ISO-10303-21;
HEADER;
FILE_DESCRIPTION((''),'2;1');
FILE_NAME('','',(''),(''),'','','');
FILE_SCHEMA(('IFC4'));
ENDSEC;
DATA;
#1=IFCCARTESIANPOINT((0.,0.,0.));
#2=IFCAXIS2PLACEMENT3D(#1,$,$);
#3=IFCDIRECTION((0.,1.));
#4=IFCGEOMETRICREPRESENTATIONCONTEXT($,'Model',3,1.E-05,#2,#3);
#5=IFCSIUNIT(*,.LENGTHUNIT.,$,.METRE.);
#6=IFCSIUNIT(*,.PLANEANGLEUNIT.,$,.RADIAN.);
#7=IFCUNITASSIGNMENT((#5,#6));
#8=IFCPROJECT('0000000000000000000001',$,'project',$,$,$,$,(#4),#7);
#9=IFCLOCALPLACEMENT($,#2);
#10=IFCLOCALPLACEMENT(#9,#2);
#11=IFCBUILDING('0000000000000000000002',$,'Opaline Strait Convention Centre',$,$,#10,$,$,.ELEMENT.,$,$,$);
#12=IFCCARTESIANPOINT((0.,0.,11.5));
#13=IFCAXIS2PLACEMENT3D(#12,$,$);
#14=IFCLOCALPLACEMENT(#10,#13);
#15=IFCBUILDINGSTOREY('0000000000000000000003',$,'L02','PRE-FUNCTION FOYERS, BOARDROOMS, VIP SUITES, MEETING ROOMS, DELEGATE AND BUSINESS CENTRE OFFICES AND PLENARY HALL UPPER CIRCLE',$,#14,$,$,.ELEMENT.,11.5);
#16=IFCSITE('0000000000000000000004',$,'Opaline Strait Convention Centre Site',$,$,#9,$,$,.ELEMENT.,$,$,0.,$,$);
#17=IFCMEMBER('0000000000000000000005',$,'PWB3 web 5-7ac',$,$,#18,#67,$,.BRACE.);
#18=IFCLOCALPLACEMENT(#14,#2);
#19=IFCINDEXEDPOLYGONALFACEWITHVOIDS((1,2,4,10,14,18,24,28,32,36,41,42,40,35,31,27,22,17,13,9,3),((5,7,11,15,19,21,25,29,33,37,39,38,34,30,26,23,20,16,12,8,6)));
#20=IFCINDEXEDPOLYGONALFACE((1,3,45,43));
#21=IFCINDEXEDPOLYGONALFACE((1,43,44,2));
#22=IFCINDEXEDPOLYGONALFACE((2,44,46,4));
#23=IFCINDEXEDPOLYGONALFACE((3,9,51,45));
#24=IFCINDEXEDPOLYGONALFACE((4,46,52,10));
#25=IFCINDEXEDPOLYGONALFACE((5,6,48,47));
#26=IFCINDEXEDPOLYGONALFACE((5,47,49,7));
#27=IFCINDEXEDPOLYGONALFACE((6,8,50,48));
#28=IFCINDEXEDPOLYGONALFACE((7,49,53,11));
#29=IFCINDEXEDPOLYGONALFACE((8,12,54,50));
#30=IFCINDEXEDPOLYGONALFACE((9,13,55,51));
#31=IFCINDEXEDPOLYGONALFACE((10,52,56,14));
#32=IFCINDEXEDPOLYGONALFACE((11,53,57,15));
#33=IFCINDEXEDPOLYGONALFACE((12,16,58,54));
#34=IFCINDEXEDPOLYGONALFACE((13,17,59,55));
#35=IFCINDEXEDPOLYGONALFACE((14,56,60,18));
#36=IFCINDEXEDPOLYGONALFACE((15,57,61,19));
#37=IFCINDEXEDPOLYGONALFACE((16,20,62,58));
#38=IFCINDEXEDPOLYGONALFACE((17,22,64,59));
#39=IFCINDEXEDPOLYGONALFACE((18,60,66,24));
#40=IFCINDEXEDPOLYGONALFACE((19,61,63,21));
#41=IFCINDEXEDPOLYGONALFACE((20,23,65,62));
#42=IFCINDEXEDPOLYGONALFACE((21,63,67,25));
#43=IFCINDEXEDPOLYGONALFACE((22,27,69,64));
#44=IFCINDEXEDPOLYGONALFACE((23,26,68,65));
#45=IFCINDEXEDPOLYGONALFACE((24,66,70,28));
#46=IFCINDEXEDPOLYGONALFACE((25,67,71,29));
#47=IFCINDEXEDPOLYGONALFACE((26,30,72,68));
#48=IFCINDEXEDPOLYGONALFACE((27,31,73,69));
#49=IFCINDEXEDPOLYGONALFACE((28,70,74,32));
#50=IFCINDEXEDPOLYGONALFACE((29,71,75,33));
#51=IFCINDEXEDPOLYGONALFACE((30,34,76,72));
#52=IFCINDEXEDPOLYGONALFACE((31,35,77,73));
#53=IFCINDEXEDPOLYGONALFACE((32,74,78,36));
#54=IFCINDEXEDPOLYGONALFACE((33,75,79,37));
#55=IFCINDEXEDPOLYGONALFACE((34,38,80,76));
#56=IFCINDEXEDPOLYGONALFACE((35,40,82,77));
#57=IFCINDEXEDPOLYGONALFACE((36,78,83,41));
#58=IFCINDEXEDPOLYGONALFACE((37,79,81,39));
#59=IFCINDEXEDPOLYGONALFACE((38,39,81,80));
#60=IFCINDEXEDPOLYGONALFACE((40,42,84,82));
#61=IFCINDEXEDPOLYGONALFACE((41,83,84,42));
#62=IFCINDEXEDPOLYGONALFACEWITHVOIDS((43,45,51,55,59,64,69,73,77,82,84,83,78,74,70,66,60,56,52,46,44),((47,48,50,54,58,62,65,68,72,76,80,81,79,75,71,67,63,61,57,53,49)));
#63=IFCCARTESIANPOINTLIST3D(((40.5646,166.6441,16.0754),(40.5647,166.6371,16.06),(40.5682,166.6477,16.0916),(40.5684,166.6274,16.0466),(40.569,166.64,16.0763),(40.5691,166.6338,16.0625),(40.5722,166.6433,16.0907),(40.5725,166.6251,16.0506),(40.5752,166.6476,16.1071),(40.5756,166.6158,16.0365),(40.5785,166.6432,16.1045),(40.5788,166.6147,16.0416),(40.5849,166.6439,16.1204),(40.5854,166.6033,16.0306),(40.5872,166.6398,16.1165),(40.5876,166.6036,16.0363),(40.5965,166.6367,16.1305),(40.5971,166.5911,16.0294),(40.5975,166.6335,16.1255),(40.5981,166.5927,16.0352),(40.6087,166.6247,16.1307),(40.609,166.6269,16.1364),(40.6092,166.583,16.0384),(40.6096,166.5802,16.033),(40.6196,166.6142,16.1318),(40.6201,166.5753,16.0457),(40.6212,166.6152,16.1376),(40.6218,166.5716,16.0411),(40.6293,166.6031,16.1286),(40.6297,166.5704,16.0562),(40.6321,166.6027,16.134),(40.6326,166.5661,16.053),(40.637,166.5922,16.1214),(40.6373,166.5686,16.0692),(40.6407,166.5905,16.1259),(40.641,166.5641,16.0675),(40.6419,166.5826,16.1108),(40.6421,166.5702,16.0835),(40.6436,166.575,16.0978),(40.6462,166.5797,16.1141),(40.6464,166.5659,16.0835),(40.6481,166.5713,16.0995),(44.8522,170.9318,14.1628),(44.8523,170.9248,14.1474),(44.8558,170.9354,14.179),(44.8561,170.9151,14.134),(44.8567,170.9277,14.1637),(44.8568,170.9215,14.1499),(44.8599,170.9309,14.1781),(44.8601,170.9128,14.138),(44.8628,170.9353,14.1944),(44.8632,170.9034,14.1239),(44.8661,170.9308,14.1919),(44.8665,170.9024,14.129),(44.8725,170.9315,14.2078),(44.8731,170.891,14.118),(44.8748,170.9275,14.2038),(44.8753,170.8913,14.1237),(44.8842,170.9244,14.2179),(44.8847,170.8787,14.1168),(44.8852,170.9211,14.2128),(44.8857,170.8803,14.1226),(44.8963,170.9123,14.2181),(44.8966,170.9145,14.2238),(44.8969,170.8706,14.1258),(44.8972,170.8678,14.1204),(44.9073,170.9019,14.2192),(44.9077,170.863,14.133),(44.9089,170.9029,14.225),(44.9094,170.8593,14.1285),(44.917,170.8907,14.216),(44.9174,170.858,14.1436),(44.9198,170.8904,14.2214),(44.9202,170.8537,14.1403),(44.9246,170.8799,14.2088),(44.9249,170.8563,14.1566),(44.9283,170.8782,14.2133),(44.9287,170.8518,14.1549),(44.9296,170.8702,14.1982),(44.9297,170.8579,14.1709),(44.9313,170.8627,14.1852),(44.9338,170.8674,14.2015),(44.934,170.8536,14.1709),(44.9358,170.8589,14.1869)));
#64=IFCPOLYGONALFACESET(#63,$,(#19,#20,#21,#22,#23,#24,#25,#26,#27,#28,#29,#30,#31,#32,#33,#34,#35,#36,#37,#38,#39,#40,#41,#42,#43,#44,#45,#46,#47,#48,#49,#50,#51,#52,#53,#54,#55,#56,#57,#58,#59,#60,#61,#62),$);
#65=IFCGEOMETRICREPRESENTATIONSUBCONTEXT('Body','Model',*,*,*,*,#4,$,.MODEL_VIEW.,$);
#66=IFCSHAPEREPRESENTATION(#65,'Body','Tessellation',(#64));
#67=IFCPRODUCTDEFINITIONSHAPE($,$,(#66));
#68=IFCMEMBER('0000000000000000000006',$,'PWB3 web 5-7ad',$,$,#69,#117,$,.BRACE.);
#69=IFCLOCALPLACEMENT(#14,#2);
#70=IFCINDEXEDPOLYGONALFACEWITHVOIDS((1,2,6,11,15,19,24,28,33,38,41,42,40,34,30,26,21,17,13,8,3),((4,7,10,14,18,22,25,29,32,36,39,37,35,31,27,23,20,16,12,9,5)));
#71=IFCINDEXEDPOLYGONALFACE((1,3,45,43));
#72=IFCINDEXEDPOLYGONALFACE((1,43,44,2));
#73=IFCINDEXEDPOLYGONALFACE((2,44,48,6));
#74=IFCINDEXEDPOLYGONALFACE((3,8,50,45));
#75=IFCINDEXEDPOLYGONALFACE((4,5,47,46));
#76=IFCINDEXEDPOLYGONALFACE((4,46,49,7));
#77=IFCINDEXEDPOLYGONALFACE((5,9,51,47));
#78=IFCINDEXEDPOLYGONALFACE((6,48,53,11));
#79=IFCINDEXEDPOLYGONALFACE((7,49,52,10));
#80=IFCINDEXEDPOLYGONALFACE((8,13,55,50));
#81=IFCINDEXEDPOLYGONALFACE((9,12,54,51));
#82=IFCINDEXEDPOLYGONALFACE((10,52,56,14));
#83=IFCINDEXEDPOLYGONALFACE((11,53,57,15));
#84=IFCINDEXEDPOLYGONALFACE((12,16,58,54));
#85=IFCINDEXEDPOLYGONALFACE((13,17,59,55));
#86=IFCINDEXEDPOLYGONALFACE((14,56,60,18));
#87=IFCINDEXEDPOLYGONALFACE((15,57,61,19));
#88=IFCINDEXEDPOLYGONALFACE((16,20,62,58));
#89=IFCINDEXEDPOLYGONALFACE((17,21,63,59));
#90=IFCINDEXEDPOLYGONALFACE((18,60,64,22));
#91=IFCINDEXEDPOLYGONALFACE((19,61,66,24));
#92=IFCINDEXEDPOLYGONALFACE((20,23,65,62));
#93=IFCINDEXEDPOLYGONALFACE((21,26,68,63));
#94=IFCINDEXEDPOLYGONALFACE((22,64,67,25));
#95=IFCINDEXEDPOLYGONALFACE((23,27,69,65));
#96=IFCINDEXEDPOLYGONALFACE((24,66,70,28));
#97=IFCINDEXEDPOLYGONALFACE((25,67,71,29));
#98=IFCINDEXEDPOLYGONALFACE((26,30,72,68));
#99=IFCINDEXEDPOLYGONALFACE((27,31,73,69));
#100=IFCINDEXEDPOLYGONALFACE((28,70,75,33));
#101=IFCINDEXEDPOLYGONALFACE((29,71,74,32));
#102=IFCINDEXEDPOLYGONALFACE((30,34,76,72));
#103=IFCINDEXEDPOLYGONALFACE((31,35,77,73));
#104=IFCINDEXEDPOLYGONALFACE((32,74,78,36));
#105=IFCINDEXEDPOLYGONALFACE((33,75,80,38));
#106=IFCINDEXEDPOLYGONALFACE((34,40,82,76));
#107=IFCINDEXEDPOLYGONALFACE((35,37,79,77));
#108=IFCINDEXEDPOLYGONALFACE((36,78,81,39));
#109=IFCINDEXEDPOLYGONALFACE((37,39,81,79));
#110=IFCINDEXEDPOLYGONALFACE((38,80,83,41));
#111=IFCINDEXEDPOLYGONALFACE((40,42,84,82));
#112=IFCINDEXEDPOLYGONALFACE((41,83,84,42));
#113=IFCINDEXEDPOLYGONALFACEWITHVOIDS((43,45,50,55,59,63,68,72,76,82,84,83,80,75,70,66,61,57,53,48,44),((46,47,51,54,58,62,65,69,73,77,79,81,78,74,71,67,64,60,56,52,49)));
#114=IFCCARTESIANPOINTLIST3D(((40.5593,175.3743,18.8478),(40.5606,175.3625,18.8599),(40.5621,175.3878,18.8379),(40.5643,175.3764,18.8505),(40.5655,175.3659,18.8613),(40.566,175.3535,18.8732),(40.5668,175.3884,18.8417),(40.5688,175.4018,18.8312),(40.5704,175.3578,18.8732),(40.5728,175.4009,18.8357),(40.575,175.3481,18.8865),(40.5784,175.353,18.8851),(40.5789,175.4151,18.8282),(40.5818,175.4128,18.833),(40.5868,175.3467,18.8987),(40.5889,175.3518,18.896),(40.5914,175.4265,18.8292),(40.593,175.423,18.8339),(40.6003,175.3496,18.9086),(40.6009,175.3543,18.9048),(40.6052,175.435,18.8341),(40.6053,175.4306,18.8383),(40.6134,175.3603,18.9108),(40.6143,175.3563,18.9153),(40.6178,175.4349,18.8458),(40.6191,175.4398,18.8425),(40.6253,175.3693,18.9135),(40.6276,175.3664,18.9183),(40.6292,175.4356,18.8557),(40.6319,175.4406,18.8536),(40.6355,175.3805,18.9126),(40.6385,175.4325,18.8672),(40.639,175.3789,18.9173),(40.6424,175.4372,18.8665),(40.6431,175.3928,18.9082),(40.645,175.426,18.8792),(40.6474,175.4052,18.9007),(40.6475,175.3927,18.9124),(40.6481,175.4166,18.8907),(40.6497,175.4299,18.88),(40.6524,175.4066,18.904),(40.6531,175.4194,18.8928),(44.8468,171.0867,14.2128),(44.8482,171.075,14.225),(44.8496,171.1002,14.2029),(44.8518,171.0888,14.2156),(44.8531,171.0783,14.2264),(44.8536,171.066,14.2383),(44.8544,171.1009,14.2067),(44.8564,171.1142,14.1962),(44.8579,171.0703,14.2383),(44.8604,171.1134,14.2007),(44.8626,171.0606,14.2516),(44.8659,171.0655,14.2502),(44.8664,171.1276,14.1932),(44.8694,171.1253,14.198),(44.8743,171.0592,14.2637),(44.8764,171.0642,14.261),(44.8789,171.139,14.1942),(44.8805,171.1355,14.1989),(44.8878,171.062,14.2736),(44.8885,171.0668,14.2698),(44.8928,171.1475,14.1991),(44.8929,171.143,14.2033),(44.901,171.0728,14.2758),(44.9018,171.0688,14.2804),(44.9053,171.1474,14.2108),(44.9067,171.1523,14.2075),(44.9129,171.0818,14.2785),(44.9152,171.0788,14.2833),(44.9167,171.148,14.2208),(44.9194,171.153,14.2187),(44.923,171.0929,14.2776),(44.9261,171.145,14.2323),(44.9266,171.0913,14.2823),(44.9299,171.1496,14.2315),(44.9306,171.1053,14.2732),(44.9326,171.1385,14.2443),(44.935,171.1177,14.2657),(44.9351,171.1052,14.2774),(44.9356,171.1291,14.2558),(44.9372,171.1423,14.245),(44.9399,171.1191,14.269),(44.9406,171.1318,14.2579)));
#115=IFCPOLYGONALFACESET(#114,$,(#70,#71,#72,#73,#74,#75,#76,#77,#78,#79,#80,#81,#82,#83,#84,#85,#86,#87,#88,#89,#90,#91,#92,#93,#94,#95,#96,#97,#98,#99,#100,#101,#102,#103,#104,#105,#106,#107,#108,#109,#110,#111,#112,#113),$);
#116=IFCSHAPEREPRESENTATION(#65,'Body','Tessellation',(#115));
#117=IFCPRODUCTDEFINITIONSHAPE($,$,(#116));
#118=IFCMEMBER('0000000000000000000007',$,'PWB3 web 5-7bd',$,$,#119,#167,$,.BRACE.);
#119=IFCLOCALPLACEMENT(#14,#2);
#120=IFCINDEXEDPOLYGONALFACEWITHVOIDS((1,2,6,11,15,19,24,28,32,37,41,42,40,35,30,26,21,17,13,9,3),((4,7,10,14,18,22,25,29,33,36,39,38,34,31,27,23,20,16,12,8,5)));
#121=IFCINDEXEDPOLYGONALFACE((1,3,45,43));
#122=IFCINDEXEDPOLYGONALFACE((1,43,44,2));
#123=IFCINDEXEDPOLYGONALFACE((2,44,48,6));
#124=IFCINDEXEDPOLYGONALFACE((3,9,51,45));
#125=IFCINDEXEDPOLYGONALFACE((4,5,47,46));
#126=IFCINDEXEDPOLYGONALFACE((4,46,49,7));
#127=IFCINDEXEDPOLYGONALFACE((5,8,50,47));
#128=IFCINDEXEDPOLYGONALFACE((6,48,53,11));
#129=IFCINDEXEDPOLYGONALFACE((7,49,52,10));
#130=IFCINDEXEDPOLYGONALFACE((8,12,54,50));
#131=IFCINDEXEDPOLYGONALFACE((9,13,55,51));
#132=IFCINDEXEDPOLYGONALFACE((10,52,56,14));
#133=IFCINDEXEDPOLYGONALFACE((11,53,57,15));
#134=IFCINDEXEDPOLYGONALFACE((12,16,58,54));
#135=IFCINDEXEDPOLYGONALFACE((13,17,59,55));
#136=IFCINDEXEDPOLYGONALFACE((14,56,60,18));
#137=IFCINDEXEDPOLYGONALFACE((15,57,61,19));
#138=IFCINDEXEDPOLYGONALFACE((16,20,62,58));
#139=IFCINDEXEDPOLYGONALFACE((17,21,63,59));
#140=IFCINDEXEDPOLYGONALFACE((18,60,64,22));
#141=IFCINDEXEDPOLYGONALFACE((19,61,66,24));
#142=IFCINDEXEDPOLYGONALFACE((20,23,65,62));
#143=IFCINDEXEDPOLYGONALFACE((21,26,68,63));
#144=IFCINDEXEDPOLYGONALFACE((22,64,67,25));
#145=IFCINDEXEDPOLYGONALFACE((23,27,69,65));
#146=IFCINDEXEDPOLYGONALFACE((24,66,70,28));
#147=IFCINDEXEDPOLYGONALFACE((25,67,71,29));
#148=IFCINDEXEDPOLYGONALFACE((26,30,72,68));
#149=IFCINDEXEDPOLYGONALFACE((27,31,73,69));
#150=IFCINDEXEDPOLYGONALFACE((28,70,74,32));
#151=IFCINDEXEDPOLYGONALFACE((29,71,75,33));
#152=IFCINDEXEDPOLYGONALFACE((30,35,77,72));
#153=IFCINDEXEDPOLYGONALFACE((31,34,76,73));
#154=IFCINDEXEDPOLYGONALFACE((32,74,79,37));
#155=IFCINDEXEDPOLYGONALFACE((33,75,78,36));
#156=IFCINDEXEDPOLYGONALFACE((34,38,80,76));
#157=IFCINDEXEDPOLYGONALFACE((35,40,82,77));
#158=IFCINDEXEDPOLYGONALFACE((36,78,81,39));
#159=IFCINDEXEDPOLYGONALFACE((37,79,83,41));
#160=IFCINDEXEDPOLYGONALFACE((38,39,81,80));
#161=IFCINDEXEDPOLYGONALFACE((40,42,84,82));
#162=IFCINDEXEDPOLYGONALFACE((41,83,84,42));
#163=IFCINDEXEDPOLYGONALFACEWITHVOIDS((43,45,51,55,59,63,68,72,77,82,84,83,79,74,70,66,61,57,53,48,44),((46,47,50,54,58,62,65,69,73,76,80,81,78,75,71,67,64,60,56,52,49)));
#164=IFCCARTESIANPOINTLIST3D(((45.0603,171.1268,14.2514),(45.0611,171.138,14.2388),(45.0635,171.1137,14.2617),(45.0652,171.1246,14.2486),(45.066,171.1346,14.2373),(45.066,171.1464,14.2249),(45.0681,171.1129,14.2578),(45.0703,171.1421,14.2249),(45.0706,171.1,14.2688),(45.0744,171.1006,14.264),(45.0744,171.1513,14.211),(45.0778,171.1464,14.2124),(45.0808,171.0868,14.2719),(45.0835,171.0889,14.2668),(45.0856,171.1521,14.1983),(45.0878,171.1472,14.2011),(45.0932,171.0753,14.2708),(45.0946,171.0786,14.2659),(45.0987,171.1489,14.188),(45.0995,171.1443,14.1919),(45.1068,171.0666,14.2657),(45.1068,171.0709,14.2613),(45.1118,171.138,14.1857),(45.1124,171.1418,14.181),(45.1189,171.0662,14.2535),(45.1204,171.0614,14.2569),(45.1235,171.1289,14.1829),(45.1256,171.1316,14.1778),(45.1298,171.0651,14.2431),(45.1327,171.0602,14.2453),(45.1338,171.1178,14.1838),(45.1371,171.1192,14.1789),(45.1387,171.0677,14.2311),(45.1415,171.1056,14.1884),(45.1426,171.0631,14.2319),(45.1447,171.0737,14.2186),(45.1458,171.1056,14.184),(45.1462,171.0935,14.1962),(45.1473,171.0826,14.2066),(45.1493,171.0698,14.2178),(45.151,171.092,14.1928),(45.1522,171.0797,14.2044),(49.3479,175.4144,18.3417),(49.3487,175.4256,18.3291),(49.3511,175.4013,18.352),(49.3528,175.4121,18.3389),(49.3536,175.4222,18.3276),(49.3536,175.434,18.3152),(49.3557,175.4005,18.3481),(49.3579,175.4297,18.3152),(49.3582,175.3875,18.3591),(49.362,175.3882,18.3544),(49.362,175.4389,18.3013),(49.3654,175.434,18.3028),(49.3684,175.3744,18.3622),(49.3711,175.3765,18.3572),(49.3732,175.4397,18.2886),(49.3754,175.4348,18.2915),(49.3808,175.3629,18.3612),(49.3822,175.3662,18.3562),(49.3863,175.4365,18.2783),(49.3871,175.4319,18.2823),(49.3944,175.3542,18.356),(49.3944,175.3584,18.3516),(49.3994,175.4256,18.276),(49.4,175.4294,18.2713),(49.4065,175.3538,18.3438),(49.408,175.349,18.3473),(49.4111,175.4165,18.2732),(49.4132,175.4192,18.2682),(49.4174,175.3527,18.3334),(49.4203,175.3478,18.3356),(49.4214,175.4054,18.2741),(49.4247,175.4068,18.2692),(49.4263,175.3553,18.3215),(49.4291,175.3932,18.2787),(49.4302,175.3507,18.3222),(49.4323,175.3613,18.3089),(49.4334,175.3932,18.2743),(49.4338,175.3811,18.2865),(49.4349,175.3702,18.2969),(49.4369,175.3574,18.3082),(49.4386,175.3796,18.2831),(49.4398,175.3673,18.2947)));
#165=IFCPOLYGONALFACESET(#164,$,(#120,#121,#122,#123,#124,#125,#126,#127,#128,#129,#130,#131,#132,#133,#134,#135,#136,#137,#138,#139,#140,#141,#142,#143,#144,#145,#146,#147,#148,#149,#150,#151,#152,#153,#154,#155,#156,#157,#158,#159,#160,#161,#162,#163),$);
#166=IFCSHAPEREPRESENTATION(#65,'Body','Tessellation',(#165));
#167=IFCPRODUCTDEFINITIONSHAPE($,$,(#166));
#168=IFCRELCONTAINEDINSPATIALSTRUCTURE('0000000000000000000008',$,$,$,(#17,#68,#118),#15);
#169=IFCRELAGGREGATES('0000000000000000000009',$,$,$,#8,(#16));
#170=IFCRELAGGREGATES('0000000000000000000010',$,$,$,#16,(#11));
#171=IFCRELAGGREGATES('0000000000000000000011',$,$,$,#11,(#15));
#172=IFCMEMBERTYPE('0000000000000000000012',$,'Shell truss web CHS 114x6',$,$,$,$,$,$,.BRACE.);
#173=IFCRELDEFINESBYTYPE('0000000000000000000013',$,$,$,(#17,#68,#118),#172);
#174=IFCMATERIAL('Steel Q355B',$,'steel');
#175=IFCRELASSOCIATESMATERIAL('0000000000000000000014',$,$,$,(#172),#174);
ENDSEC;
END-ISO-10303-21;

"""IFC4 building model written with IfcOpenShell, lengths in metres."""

from ifc_helpers import new_model, si_unit, direction, frame, origin, origin_2d, place, context, subcontext, project, spatial, hollow_circle, extrude, material, material_profile, profile_set, type_object, element, save


model = new_model("IFC4")

# Units and contexts
model_context = context("Model", 3, precision=1e-05, world=origin(), true_north=direction((0.0, 1.0)))
body_context = subcontext(model_context, "Body", "Model", "MODEL_VIEW")
ifc_project = project(units=[si_unit("LENGTHUNIT", "METRE"), si_unit("PLANEANGLEUNIT", "RADIAN")], contexts=[model_context])

# Site, building, storey
site_placement = place(None, origin())
site = spatial("IfcSite", under=ifc_project, at=site_placement, Name="Opaline Strait Convention Centre Site", CompositionType="ELEMENT", RefElevation=0.0)
building_placement = place(site_placement, origin())
building = spatial("IfcBuilding", under=site, at=building_placement, Name="Opaline Strait Convention Centre", CompositionType="ELEMENT")
storey_placement = place(building_placement, frame((0.0, 0.0, 11.5)))
storey = spatial("IfcBuildingStorey", under=building, at=storey_placement, Name="L02", Description="PRE-FUNCTION FOYERS, BOARDROOMS, VIP SUITES, MEETING ROOMS, DELEGATE AND BUSINESS CENTRE OFFICES AND PLENARY HALL UPPER CIRCLE", CompositionType="ELEMENT", Elevation=11.5)

# Members
ifc_material_1 = material(Name="Steel Q355B", Category="steel")
ifc_material_profile_1 = material_profile(ifc_material_1, hollow_circle(Radius=0.0569, WallThickness=0.0061, at=origin_2d()), Name="CHS 114x6")
ifc_profile_set_1 = profile_set([ifc_material_profile_1], Name="Steel Q355B")
member_type_1 = type_object("IfcMemberType", Name="Shell truss web CHS 114x6", PredefinedType="BRACE", material=ifc_profile_set_1)
member_1_placement = place(storey_placement, frame((44.8938, 170.8938, 14.1709), z_axis=(-0.674356, -0.674356, 0.300814), x_axis=(0.707107, -0.707107, 0.0)))
element("IfcMember", 1, at=member_1_placement, inside=storey, type_object=member_type_1, Name="PWB3 web 5-7ac", PredefinedType="BRACE", context=body_context, shape_type="SweptSolid", body=[
    extrude(hollow_circle(Radius=0.0569, WallThickness=0.0061, at=origin_2d()), origin(), (0.0, 0.0, 1.0), 6.3582),
])
member_2_placement = place(storey_placement, frame((44.8938, 171.1062, 14.2383), z_axis=(-0.561778, 0.561778, 0.607298), x_axis=(-0.707107, -0.707107, 0.0)))
element("IfcMember", 2, at=member_2_placement, inside=storey, type_object=member_type_1, Name="PWB3 web 5-7ad", PredefinedType="BRACE", context=body_context, shape_type="SweptSolid", body=[
    extrude(hollow_circle(Radius=0.0569, WallThickness=0.0061, at=origin_2d()), origin(), (0.0, 0.0, 1.0), 7.6321),
])
member_3_placement = place(storey_placement, frame((45.1062, 171.1062, 14.2249), z_axis=(0.5862, 0.5862, 0.55923), x_axis=(-0.707107, 0.707107, 0.0)))
element("IfcMember", 3, at=member_3_placement, inside=storey, type_object=member_type_1, Name="PWB3 web 5-7bd", PredefinedType="BRACE", context=body_context, shape_type="SweptSolid", body=[
    extrude(hollow_circle(Radius=0.0569, WallThickness=0.0061, at=origin_2d()), origin(), (0.0, 0.0, 1.0), 7.3142),
])

save(model, "model.ifc")
